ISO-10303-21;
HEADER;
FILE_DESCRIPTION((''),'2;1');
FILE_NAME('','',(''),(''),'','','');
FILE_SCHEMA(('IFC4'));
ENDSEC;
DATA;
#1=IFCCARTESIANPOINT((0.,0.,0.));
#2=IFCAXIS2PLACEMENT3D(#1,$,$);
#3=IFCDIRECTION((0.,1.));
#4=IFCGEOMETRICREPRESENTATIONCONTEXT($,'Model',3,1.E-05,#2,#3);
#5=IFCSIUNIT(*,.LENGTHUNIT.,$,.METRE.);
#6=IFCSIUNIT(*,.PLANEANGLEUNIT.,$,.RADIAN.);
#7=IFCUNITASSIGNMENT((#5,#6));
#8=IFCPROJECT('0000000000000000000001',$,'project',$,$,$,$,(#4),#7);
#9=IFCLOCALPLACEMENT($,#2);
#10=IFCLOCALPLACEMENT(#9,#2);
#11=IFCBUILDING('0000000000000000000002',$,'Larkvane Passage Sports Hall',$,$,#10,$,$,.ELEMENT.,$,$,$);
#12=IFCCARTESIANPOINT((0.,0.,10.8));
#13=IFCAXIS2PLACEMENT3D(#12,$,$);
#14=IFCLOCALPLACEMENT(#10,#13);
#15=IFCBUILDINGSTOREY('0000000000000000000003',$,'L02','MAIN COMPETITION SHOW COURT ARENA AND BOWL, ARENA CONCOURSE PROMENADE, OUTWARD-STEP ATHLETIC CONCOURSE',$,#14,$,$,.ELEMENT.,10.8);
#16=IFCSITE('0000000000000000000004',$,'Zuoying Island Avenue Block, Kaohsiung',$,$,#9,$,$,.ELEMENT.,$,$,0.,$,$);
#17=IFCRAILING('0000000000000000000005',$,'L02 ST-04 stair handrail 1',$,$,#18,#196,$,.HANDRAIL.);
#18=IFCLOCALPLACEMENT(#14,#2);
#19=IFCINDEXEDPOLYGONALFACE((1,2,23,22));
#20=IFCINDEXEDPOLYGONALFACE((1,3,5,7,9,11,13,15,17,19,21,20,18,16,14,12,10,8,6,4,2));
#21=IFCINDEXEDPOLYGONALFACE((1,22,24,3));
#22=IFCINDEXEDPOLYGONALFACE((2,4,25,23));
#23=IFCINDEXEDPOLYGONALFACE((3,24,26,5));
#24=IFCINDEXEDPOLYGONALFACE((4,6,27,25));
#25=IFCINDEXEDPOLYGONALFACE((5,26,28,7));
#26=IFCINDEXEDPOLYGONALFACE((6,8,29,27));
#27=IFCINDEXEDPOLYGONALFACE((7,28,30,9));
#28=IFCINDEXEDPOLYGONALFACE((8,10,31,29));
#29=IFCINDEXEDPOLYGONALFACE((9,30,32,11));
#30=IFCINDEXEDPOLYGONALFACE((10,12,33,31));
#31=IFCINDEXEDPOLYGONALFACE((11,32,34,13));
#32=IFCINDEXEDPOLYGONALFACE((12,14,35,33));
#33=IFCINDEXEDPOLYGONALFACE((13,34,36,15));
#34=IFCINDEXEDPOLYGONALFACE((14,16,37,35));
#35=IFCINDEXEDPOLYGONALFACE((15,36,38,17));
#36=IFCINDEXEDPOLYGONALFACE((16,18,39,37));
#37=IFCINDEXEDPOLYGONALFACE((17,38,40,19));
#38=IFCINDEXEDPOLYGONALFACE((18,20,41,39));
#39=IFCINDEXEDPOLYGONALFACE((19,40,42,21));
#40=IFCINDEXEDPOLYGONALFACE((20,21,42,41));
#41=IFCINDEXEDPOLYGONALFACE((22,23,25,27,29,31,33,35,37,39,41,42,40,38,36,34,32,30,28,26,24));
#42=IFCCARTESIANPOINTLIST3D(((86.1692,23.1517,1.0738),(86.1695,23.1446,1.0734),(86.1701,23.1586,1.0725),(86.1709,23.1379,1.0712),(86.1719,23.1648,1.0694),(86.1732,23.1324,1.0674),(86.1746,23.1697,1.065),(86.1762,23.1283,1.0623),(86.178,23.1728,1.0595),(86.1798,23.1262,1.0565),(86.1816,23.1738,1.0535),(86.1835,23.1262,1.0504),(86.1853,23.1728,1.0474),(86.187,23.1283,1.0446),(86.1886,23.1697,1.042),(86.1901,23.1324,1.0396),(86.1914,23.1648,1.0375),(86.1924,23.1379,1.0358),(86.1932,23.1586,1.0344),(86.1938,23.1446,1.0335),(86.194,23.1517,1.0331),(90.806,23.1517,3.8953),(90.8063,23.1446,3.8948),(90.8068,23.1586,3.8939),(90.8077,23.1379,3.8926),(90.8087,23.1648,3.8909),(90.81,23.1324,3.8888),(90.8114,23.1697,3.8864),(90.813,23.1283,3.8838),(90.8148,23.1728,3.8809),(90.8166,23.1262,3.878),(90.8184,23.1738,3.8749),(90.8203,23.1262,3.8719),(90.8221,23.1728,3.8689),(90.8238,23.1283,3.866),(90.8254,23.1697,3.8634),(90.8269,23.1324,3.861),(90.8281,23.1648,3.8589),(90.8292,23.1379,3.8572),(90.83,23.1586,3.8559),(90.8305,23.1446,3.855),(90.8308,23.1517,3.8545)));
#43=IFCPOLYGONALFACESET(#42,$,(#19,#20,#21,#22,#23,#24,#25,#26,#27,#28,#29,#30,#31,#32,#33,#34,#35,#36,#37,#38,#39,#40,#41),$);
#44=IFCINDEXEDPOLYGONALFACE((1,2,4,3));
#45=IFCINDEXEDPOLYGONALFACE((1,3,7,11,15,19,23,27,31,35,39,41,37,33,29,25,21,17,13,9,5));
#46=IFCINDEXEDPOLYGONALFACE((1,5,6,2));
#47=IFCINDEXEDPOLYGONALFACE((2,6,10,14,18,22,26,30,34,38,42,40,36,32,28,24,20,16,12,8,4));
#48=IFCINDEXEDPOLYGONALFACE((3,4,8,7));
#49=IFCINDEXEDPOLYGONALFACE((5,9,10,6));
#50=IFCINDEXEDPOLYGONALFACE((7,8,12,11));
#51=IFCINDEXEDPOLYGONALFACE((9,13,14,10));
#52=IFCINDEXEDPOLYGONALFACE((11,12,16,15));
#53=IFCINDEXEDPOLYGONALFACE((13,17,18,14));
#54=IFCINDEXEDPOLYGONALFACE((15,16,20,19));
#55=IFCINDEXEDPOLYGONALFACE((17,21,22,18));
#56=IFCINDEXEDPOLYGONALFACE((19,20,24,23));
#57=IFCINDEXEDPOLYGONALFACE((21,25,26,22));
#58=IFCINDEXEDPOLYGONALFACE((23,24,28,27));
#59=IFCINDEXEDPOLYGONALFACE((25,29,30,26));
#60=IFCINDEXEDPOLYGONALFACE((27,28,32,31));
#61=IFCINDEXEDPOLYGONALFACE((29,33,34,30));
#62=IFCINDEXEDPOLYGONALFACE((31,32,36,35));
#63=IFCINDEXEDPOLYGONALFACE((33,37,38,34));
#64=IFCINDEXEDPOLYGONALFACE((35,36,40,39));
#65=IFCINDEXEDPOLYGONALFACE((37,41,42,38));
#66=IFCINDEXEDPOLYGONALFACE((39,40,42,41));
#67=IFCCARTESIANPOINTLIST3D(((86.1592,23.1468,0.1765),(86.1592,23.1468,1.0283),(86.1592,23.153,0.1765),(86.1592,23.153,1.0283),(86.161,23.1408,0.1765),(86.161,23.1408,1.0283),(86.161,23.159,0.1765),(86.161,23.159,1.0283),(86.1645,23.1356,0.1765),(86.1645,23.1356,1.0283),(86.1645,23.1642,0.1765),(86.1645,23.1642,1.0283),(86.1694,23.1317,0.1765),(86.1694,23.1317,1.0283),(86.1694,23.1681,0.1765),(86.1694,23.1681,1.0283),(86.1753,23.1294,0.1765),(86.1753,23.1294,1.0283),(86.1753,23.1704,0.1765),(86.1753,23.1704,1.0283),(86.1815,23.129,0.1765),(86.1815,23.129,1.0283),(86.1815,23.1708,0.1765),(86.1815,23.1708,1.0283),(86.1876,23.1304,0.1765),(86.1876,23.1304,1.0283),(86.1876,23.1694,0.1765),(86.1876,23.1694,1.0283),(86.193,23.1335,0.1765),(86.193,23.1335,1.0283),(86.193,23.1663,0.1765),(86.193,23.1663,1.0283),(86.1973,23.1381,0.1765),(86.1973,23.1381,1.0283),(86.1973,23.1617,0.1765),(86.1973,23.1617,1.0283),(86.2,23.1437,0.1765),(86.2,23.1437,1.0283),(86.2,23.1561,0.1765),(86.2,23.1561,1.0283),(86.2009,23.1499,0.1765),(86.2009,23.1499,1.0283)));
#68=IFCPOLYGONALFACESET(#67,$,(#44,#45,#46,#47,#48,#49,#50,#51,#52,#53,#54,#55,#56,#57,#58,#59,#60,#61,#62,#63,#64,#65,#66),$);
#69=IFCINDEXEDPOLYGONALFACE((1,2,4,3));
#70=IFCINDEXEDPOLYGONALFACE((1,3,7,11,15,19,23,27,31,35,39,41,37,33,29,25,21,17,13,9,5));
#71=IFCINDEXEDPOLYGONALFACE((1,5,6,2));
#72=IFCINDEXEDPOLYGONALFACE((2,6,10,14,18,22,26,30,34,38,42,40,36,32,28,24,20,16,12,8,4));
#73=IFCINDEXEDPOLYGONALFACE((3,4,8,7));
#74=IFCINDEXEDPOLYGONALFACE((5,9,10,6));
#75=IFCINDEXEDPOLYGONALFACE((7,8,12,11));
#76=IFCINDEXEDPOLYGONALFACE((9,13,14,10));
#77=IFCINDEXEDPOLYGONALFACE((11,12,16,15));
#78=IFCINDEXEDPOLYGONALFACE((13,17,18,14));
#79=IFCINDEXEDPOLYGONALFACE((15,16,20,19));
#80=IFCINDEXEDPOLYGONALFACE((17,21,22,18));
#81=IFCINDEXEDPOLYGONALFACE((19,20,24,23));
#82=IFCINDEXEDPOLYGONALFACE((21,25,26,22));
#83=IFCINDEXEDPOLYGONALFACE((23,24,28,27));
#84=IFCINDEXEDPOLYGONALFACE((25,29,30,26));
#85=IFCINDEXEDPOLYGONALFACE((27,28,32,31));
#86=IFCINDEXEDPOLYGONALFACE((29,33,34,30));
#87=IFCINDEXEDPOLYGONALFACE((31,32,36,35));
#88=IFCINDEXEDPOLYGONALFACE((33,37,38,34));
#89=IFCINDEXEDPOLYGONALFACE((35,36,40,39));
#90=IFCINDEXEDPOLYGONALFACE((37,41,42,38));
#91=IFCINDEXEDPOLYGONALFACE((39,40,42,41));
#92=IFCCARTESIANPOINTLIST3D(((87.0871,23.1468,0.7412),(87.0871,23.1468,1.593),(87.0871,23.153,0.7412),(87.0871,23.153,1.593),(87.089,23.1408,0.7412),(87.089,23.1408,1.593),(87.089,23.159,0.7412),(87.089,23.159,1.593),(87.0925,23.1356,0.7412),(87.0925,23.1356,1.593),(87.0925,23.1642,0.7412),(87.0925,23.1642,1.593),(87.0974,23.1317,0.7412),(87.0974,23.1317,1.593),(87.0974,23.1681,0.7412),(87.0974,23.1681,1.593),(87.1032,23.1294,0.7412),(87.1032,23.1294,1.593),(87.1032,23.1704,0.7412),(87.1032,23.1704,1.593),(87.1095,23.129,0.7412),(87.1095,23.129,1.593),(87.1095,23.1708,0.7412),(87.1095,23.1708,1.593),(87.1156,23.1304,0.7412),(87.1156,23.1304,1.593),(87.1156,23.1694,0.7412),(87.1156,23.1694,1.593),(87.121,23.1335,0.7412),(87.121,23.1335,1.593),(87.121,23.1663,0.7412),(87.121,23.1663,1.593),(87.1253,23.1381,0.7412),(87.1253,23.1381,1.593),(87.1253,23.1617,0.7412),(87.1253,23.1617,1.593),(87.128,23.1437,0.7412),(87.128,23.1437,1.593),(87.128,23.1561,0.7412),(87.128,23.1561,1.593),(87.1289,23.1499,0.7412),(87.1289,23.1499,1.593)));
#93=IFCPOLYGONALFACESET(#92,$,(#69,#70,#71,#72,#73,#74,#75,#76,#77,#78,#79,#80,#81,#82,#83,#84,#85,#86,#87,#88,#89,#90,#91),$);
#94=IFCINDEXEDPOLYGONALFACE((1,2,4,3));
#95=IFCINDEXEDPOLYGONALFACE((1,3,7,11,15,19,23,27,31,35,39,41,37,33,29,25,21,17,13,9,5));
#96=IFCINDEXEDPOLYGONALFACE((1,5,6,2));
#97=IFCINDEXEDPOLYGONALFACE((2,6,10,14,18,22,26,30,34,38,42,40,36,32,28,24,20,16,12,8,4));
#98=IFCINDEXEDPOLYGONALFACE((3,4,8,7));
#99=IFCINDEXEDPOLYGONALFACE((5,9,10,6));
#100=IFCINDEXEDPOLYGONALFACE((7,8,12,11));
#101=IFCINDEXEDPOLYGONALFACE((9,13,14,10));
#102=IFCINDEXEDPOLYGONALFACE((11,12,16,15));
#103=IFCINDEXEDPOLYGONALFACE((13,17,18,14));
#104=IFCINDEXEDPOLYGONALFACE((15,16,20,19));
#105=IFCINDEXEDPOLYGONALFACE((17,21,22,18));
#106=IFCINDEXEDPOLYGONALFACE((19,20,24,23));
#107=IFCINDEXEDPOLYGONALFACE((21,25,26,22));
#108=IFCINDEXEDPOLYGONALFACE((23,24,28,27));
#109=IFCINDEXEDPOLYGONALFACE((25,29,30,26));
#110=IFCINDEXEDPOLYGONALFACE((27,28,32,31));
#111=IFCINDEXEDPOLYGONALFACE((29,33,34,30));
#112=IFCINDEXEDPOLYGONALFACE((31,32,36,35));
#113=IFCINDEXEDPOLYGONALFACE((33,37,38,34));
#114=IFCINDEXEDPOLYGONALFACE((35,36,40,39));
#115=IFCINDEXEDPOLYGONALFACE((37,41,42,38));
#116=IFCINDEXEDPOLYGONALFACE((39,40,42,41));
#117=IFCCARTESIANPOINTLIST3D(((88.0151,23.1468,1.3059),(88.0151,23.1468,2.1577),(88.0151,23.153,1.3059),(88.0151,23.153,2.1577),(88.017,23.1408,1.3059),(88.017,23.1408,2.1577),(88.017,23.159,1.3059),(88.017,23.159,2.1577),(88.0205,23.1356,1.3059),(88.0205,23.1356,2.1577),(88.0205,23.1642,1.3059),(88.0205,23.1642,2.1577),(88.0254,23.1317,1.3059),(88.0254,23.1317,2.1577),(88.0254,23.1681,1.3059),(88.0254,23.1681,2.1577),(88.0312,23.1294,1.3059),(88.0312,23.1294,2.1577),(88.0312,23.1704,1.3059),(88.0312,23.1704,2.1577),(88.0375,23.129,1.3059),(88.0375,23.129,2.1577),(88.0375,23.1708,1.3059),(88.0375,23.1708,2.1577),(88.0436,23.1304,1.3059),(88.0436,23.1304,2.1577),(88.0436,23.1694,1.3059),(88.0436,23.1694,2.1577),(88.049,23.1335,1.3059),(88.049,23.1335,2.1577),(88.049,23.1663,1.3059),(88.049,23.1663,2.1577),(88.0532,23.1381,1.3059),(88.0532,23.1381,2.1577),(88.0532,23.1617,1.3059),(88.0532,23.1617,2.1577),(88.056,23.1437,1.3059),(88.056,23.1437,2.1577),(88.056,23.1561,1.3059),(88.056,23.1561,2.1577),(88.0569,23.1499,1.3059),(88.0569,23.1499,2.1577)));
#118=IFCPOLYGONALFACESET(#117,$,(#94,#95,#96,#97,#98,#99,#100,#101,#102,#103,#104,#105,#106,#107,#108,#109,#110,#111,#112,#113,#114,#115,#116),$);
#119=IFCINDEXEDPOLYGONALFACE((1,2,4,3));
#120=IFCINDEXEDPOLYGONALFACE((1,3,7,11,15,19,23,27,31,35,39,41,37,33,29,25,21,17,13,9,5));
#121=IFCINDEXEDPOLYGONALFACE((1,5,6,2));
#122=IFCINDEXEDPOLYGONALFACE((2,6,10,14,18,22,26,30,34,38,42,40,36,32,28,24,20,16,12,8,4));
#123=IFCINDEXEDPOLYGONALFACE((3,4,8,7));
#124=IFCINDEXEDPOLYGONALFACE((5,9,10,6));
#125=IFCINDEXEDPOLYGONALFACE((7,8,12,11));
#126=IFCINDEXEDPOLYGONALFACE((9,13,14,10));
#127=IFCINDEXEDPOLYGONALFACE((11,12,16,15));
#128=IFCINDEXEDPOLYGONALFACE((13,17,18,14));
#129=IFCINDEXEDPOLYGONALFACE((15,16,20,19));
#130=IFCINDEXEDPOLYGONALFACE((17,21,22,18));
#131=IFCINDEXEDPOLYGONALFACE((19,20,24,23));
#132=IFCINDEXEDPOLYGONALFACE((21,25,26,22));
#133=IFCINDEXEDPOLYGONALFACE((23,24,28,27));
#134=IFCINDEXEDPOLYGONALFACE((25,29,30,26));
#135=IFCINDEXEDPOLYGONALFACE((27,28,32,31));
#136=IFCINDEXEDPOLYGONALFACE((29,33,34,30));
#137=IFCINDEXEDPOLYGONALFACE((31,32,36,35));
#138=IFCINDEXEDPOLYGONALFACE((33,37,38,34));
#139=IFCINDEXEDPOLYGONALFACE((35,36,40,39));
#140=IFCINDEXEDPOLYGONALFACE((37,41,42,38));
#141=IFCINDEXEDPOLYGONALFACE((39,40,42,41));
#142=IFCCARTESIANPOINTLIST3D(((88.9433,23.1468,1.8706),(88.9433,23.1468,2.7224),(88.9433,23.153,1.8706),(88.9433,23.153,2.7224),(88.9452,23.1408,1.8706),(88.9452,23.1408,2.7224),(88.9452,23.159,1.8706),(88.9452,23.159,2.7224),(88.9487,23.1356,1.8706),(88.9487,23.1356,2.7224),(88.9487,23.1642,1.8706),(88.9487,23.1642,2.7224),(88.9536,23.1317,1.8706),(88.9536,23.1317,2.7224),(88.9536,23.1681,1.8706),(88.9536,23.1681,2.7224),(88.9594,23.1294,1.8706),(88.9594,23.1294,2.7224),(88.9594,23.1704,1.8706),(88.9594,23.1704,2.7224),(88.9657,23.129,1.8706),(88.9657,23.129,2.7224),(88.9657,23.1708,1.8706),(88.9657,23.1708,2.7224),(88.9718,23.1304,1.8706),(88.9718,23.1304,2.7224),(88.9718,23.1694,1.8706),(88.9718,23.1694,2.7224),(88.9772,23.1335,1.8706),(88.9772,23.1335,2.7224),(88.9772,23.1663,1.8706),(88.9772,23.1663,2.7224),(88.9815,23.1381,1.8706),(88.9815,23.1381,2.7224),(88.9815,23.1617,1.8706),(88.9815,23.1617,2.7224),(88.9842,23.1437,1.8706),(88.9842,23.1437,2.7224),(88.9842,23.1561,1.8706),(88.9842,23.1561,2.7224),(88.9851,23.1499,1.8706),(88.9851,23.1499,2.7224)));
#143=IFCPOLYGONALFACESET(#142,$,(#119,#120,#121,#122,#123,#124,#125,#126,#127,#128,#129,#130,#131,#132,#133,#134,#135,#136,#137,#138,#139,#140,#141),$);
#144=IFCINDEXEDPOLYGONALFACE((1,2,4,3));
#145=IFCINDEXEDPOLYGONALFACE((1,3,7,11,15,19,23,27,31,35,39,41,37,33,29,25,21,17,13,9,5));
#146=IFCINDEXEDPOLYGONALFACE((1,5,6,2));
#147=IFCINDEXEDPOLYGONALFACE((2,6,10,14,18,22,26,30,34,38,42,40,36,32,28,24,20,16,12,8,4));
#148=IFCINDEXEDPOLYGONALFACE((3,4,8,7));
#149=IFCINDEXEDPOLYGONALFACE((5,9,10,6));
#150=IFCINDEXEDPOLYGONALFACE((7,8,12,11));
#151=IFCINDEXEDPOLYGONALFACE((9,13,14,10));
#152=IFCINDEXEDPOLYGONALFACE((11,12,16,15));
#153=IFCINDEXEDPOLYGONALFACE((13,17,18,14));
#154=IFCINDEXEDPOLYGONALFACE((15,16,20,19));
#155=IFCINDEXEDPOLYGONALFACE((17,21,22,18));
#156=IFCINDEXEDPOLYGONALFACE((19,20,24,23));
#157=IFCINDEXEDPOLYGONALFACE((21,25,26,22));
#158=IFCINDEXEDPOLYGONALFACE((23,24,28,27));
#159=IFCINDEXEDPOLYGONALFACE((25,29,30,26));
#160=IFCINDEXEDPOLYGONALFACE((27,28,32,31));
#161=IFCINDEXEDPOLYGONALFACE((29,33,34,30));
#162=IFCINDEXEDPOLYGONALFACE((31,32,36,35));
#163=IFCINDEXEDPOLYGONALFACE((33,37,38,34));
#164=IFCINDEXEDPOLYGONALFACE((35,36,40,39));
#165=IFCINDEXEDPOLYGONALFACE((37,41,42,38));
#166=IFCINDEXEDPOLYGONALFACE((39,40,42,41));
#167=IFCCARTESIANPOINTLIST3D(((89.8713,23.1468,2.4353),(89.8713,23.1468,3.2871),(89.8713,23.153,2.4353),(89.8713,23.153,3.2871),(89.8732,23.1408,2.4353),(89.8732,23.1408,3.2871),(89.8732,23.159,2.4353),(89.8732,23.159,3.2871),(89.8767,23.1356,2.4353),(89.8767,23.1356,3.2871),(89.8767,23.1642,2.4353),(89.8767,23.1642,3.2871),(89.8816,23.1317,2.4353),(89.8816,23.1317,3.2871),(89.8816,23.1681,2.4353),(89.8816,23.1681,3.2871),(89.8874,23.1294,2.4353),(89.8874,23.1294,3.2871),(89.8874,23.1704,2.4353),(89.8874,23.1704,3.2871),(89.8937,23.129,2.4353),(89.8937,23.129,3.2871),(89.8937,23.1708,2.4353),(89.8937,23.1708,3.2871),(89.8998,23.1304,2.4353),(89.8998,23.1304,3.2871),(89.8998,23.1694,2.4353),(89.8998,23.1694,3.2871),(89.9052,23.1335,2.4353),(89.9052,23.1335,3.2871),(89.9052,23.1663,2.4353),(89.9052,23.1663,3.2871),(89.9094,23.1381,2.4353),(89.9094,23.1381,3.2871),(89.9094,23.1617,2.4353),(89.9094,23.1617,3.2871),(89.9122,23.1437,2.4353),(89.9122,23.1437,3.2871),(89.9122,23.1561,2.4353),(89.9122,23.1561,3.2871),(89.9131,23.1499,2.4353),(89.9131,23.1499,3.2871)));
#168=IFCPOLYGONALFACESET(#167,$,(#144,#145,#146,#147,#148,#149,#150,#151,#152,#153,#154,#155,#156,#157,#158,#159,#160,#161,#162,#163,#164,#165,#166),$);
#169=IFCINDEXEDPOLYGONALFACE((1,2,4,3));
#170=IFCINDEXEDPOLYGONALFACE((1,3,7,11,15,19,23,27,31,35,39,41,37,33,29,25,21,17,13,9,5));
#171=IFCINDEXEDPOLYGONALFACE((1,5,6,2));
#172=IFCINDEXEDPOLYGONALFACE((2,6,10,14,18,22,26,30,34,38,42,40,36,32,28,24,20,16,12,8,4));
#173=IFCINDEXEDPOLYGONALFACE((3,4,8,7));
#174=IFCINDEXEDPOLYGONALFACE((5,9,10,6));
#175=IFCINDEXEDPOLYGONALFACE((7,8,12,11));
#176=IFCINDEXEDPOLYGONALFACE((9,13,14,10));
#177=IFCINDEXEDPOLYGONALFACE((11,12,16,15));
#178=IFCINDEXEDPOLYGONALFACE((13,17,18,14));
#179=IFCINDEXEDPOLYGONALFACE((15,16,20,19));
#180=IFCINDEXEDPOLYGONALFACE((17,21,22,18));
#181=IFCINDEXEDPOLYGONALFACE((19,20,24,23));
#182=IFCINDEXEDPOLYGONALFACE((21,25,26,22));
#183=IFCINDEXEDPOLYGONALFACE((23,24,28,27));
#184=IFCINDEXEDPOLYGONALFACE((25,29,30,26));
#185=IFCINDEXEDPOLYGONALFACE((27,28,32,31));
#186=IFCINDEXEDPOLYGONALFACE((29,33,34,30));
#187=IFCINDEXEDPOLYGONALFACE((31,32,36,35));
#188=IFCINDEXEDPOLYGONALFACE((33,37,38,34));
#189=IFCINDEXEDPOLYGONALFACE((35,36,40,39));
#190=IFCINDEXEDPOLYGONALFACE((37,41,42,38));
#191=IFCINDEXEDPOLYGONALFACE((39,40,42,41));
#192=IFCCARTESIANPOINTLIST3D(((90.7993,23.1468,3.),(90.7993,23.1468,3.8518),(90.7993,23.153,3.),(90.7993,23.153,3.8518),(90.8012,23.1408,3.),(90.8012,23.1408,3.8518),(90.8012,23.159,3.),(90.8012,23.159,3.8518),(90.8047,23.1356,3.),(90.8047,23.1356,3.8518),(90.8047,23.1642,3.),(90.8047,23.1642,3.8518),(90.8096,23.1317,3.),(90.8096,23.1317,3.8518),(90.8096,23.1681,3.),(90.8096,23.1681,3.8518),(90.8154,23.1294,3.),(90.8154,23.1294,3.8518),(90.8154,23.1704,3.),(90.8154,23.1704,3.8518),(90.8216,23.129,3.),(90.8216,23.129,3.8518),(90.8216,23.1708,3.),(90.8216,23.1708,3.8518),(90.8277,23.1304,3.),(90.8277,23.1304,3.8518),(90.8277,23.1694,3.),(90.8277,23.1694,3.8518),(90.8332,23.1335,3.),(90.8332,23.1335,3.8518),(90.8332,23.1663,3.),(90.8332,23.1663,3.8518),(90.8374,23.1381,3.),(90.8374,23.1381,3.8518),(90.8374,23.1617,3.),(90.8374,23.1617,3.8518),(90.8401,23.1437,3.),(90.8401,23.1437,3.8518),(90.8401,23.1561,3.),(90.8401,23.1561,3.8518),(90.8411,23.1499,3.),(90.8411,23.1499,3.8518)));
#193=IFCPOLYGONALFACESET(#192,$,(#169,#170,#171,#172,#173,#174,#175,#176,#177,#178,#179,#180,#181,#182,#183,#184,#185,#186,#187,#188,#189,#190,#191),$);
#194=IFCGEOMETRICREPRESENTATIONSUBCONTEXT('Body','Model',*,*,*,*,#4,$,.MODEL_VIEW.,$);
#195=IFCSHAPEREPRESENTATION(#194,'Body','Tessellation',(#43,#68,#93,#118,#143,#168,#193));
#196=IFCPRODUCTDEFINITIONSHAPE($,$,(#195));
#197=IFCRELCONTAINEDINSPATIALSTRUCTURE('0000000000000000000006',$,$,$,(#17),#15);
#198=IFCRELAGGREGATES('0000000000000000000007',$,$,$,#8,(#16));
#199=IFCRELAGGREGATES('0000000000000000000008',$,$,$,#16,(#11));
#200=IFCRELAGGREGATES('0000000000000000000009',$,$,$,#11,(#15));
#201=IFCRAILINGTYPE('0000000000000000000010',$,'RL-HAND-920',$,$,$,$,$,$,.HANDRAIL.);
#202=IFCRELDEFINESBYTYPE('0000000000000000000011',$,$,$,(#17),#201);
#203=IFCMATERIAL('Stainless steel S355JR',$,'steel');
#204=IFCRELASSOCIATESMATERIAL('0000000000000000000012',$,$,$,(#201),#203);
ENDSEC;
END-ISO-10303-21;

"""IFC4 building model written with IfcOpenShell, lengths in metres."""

from ifc_helpers import new_model, si_unit, direction, frame, origin, origin_2d, place, context, subcontext, project, spatial, circle, extrude, material, type_object, element, save


model = new_model("IFC4")

# Units and contexts
model_context = context("Model", 3, precision=1e-05, world=origin(), true_north=direction((0.0, 1.0)))
body_context = subcontext(model_context, "Body", "Model", "MODEL_VIEW")
ifc_project = project(units=[si_unit("LENGTHUNIT", "METRE"), si_unit("PLANEANGLEUNIT", "RADIAN")], contexts=[model_context])

# Site, building, storey
site_placement = place(None, origin())
site = spatial("IfcSite", under=ifc_project, at=site_placement, Name="Zuoying Island Avenue Block, Kaohsiung", CompositionType="ELEMENT", RefElevation=0.0)
building_placement = place(site_placement, origin())
building = spatial("IfcBuilding", under=site, at=building_placement, Name="Larkvane Passage Sports Hall", CompositionType="ELEMENT")
storey_placement = place(building_placement, frame((0.0, 0.0, 10.8)))
storey = spatial("IfcBuildingStorey", under=building, at=storey_placement, Name="L02", Description="MAIN COMPETITION SHOW COURT ARENA AND BOWL, ARENA CONCOURSE PROMENADE, OUTWARD-STEP ATHLETIC CONCOURSE", CompositionType="ELEMENT", Elevation=10.8)

# Railing
ifc_material_1 = material(Name="Stainless steel S355JR", Category="steel")
railing_type_1 = type_object("IfcRailingType", Name="RL-HAND-920", PredefinedType="HANDRAIL", material=ifc_material_1)
railing_1_placement = place(storey_placement, frame((86.1799, 23.1499, 0.1765)))
element("IfcRailing", 1, at=railing_1_placement, inside=storey, type_object=railing_type_1, Name="L02 ST-04 stair handrail 1", PredefinedType="HANDRAIL", context=body_context, shape_type="SweptSolid", body=[
    extrude(circle(Radius=0.0239, at=origin_2d()), frame((0.0017, 0.0, 0.877), z_axis=(0.854276, 0.0, 0.51982), x_axis=(0.0, 1.0, 0.0)), (0.0, 0.0, 1.0), 5.4277),
    extrude(circle(Radius=0.021, at=origin_2d()), origin(), (0.0, 0.0, 1.0), 0.8518),
    extrude(circle(Radius=0.021, at=origin_2d()), frame((0.928, 0.0, 0.5647)), (0.0, 0.0, 1.0), 0.8518),
    extrude(circle(Radius=0.021, at=origin_2d()), frame((1.856, 0.0, 1.1294)), (0.0, 0.0, 1.0), 0.8518),
    extrude(circle(Radius=0.021, at=origin_2d()), frame((2.7842, 0.0, 1.6941)), (0.0, 0.0, 1.0), 0.8518),
    extrude(circle(Radius=0.021, at=origin_2d()), frame((3.7122, 0.0, 2.2588)), (0.0, 0.0, 1.0), 0.8518),
    extrude(circle(Radius=0.021, at=origin_2d()), frame((4.6401, 0.0, 2.8235)), (0.0, 0.0, 1.0), 0.8518),
])

save(model, "model.ifc")
